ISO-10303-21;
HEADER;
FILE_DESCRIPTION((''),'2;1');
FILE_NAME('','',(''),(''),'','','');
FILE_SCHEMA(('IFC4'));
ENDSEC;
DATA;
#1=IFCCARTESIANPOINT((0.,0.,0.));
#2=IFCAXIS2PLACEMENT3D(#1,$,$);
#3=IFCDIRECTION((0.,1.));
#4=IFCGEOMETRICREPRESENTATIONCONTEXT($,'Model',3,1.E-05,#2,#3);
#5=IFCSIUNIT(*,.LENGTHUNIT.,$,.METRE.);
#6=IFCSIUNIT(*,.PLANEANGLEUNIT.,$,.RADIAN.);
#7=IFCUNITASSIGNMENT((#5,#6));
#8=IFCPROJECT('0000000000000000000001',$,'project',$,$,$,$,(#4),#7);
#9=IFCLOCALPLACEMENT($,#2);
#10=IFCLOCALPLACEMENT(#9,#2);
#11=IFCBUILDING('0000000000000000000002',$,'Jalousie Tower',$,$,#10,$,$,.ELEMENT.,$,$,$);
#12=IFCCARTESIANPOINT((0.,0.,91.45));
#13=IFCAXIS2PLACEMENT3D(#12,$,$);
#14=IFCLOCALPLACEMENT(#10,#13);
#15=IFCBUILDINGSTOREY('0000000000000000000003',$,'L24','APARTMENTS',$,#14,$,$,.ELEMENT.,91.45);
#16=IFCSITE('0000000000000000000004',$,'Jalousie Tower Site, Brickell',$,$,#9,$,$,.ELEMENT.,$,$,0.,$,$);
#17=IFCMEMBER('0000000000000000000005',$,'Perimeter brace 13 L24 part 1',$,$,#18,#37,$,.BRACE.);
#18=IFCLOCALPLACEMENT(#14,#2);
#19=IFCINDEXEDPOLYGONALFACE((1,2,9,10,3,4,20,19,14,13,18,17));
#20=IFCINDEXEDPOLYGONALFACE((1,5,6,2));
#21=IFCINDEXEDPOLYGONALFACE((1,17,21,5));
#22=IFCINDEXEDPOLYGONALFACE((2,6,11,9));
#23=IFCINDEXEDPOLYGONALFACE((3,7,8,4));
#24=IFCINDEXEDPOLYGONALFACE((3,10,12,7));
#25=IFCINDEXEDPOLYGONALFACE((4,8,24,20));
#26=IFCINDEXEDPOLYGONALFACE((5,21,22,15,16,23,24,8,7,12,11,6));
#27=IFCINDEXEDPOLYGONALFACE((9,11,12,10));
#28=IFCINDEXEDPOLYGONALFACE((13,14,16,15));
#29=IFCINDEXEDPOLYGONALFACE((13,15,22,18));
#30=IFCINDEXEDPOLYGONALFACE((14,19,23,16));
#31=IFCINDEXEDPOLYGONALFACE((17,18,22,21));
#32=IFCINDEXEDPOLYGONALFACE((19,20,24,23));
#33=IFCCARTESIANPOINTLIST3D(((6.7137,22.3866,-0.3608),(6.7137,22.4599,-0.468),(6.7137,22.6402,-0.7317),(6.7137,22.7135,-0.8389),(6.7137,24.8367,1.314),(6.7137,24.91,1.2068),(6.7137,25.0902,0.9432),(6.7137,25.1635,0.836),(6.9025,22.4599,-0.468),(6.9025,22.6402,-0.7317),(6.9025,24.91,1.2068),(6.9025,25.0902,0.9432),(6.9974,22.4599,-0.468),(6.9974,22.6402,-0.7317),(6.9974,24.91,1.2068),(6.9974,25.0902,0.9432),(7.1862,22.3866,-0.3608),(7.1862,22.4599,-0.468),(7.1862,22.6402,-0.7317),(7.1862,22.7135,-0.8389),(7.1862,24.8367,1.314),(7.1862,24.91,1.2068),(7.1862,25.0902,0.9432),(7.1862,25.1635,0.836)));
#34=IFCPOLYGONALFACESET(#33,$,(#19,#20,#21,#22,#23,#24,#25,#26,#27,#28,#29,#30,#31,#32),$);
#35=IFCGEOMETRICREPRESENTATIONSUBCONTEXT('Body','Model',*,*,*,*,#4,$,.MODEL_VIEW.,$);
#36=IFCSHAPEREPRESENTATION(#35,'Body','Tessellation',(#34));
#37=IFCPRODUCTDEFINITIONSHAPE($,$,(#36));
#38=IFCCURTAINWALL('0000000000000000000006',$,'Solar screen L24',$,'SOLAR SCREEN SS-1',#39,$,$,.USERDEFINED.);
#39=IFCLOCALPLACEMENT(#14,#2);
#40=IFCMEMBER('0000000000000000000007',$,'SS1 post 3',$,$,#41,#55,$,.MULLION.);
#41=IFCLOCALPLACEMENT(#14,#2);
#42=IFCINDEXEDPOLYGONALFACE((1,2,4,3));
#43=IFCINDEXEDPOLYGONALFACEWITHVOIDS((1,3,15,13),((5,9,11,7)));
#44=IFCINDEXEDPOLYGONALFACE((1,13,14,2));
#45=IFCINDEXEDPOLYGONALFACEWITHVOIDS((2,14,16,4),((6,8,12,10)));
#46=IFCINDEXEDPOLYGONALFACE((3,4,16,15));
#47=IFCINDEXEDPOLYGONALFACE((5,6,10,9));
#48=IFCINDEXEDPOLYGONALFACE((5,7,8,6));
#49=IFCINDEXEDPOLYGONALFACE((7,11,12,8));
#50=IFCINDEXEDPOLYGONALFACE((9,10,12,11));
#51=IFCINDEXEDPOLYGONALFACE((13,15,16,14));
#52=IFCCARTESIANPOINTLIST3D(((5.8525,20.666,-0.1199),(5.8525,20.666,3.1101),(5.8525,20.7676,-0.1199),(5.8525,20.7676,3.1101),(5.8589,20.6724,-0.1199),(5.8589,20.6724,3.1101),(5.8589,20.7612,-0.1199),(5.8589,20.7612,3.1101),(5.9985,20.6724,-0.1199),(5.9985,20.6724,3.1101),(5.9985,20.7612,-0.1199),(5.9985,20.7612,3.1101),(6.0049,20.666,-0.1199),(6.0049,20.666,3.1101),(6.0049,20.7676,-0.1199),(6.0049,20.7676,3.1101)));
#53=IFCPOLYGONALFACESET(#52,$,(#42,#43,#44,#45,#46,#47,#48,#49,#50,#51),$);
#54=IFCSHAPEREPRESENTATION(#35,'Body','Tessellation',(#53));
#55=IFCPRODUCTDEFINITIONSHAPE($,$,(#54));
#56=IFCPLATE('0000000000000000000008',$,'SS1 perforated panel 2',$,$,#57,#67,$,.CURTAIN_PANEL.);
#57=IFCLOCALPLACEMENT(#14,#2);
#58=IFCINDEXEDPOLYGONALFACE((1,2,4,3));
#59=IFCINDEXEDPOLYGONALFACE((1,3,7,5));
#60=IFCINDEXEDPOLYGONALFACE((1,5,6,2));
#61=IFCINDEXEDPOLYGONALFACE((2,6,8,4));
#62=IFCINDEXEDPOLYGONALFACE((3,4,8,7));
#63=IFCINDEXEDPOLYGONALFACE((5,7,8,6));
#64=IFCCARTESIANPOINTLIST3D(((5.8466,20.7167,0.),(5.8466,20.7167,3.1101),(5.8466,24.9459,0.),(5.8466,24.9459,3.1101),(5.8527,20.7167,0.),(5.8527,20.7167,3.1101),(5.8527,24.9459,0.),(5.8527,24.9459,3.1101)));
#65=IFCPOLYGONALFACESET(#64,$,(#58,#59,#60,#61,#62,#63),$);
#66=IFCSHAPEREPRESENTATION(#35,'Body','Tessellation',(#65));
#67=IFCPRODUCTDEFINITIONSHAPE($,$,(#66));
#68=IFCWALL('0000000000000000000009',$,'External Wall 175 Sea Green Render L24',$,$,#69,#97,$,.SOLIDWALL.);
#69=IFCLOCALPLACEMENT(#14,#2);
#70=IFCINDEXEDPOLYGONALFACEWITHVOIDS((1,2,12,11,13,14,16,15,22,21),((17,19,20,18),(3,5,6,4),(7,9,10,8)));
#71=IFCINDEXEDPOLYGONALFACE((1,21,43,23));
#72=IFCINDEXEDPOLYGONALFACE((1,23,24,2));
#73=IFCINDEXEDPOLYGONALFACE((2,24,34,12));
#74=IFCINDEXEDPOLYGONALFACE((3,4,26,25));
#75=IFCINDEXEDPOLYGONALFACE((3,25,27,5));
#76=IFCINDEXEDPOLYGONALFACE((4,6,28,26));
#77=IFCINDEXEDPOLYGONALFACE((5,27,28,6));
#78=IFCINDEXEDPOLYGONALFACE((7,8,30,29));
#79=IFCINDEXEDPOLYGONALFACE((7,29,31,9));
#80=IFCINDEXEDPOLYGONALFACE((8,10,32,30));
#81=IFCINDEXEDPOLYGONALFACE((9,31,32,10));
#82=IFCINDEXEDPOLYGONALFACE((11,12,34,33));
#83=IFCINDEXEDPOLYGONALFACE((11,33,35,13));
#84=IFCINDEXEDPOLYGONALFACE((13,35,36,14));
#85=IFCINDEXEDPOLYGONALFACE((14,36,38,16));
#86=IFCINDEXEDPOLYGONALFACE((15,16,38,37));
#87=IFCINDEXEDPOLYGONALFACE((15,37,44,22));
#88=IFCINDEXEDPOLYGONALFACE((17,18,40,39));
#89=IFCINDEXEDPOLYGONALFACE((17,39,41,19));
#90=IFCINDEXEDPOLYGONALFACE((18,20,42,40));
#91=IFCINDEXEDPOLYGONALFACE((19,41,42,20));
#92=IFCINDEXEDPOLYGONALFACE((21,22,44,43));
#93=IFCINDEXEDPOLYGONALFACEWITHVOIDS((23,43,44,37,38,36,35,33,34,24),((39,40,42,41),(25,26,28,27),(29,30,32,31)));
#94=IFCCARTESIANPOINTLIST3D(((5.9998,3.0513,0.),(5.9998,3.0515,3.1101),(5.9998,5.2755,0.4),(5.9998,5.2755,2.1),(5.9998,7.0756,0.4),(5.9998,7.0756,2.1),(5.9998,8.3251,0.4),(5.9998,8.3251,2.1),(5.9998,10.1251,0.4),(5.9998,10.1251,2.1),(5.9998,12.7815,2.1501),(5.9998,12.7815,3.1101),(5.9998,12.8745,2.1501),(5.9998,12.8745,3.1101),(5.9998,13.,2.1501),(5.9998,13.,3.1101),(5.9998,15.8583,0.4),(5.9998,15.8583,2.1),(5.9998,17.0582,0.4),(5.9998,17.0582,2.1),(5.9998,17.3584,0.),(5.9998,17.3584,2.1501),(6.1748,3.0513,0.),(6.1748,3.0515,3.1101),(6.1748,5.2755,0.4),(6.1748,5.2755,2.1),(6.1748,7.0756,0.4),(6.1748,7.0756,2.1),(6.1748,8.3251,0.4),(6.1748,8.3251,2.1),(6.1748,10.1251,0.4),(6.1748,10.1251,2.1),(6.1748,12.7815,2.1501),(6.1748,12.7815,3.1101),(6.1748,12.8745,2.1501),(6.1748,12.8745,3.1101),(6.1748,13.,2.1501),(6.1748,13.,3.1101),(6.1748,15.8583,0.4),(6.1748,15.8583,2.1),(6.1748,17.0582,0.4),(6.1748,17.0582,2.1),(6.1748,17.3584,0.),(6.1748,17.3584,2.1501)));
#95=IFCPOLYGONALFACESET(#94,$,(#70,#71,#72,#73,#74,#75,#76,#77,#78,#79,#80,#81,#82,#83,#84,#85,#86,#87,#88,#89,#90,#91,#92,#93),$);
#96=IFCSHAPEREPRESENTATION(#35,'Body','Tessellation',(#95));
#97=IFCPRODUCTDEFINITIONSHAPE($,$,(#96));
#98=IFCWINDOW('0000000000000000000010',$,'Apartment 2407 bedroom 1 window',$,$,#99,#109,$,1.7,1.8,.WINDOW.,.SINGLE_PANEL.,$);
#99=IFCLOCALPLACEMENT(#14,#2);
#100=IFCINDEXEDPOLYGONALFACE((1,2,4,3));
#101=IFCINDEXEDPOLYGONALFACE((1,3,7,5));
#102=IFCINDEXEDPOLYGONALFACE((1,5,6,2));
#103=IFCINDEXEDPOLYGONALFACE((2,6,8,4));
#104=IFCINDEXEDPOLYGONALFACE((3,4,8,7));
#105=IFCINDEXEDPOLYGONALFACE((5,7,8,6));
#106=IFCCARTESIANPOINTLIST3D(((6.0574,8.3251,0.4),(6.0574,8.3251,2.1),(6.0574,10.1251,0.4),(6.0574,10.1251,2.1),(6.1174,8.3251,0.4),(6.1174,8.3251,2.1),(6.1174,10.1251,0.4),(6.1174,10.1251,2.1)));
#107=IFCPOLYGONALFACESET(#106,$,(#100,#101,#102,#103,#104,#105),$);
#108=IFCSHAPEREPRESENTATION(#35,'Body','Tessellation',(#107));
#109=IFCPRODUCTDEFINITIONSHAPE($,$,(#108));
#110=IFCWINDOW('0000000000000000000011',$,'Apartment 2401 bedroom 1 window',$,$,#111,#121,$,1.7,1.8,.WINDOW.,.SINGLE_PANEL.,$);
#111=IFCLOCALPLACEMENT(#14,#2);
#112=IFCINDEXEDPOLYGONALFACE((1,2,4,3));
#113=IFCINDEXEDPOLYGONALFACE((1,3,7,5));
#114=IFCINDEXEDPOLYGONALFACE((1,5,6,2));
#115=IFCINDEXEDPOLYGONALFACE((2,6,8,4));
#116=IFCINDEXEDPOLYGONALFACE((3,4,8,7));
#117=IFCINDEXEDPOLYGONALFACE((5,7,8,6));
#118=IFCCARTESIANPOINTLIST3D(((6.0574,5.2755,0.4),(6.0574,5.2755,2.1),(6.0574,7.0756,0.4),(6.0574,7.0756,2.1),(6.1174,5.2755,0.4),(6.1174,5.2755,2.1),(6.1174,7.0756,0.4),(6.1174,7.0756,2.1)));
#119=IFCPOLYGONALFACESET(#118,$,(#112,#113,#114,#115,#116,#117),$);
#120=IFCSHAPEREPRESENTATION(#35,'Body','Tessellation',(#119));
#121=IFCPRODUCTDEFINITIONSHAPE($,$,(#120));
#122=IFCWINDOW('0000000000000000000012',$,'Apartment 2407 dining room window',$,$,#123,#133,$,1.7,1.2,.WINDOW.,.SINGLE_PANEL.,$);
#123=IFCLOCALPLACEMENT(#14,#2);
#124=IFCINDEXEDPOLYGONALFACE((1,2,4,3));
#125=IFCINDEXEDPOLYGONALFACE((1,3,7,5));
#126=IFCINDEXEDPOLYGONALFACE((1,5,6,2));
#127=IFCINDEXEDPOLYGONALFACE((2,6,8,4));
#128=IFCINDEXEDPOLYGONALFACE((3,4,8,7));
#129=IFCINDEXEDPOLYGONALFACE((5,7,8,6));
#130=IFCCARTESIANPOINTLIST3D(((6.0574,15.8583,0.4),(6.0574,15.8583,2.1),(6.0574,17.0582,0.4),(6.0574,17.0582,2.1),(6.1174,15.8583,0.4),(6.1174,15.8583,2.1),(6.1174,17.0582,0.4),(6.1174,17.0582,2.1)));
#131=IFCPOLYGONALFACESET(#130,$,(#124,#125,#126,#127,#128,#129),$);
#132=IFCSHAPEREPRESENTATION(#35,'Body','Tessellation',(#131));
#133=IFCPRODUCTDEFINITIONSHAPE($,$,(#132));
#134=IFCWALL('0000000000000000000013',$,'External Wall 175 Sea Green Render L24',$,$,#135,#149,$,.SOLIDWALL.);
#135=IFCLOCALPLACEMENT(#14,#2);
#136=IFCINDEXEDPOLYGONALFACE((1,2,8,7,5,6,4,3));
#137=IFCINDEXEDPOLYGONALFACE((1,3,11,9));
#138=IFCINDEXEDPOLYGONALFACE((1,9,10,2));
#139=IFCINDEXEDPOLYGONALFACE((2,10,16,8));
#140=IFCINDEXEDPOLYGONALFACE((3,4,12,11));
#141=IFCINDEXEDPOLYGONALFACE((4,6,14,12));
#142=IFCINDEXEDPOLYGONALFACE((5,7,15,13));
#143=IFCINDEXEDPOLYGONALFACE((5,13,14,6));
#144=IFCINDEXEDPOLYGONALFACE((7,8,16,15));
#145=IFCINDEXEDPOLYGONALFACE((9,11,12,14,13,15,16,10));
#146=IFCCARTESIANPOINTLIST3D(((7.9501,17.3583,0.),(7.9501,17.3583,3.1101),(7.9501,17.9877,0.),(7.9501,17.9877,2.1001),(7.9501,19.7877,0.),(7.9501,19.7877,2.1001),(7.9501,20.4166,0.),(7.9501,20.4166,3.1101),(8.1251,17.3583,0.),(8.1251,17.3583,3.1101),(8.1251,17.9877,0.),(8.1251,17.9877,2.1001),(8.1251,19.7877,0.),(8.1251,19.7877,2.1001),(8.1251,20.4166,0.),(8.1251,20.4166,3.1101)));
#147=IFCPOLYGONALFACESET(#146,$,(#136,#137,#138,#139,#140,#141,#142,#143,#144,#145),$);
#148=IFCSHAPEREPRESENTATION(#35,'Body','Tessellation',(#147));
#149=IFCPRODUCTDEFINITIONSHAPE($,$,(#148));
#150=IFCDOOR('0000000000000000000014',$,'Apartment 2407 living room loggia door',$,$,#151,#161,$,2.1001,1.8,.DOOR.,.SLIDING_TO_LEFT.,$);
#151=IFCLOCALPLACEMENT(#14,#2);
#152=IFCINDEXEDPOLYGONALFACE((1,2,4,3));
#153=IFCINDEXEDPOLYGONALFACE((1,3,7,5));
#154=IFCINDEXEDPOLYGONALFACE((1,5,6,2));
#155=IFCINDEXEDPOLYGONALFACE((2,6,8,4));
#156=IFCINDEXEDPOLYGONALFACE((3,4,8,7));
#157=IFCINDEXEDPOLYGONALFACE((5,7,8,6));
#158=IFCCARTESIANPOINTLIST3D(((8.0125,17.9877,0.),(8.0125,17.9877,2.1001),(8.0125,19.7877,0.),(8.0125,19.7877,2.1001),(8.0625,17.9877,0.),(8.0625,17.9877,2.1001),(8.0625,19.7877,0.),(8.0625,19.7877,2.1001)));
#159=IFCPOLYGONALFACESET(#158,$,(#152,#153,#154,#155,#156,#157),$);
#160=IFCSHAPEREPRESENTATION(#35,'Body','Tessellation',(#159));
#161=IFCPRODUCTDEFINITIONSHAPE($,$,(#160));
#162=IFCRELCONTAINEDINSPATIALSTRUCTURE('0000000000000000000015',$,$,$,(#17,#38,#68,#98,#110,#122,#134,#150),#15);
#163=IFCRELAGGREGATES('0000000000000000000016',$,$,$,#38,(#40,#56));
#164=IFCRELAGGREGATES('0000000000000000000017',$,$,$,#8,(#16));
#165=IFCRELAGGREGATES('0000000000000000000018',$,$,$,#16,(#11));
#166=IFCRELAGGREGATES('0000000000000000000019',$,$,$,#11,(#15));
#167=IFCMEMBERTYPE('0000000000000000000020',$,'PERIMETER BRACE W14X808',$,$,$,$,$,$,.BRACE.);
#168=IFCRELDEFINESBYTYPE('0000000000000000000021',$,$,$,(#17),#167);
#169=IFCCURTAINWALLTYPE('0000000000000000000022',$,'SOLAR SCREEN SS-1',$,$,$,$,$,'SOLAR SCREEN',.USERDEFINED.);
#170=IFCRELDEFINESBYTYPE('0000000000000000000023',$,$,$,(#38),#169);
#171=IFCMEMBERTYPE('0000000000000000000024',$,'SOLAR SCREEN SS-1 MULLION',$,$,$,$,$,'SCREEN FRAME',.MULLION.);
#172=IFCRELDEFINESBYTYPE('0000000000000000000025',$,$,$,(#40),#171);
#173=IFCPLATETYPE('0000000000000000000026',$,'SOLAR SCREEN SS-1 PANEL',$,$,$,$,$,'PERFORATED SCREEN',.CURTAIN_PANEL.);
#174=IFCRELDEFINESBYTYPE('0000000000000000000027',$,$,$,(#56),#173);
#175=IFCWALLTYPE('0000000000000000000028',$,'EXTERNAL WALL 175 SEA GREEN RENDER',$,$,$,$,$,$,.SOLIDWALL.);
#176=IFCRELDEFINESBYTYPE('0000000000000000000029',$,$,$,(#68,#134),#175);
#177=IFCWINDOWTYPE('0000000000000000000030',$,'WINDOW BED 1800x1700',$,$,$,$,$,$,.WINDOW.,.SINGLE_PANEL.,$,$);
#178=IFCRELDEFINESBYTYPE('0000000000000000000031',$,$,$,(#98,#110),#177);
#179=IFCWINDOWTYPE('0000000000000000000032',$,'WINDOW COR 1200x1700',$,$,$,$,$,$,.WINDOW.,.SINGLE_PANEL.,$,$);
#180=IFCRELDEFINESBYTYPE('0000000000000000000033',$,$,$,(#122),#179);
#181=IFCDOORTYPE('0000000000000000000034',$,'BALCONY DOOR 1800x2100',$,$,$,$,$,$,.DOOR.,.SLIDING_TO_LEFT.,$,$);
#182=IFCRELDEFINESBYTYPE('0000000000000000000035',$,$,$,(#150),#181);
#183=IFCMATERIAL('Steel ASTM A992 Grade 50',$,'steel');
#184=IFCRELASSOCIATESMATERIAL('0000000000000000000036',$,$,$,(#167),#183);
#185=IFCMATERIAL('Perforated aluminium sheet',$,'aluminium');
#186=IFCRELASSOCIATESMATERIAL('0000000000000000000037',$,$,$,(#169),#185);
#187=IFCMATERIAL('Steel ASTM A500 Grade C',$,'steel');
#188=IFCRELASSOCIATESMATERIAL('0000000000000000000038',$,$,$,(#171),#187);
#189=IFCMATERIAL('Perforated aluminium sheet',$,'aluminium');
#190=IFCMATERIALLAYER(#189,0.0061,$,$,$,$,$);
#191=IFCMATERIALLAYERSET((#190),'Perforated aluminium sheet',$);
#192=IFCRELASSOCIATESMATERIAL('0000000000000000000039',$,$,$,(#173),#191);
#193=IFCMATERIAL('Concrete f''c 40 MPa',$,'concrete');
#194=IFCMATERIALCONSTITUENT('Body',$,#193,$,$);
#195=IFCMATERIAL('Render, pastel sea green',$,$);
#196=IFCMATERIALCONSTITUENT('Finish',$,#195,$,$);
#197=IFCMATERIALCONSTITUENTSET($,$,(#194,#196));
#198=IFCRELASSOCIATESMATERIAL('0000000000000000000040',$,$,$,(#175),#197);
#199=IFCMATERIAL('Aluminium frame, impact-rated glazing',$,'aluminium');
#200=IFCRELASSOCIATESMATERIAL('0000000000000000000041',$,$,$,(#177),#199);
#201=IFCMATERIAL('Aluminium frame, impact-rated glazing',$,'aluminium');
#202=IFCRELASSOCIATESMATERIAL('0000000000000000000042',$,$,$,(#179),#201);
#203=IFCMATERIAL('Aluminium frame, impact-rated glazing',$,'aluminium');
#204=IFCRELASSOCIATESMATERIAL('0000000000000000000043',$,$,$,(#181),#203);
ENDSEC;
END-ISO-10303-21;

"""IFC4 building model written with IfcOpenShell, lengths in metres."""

from ifc_helpers import new_model, si_unit, direction, frame, frame_2d, origin, origin_2d, place, context, subcontext, project, spatial, polyline, rectangle, hollow_rectangle, i_section, outline, extrude, material, layer, layer_set, constituent, constituent_set, material_profile, profile_set, type_object, element, fill, aggregate, save


model = new_model("IFC4")

# Units and contexts
model_context = context("Model", 3, precision=1e-05, world=origin(), true_north=direction((0.0, 1.0)))
body_context = subcontext(model_context, "Body", "Model", "MODEL_VIEW")
ifc_project = project(units=[si_unit("LENGTHUNIT", "METRE"), si_unit("PLANEANGLEUNIT", "RADIAN")], contexts=[model_context])

# Site, building, storey
site_placement = place(None, origin())
site = spatial("IfcSite", under=ifc_project, at=site_placement, Name="Jalousie Tower Site, Brickell", CompositionType="ELEMENT", RefElevation=0.0)
building_placement = place(site_placement, origin())
building = spatial("IfcBuilding", under=site, at=building_placement, Name="Jalousie Tower", CompositionType="ELEMENT")
storey_placement = place(building_placement, frame((0.0, 0.0, 91.45)))
storey = spatial("IfcBuildingStorey", under=building, at=storey_placement, Name="L24", Description="APARTMENTS", CompositionType="ELEMENT", Elevation=91.45)

# Member
ifc_material_1 = material(Name="Steel ASTM A992 Grade 50", Category="steel")
ifc_material_profile_1 = material_profile(ifc_material_1, i_section(OverallWidth=0.4724, OverallDepth=0.5791, WebThickness=0.095, FlangeThickness=0.1299, at=origin_2d()), Name="W14X808")
ifc_profile_set_1 = profile_set([ifc_material_profile_1], Name="Steel ASTM A992 Grade 50")
member_type_1 = type_object("IfcMemberType", Name="PERIMETER BRACE W14X808", PredefinedType="BRACE", material=ifc_profile_set_1)
member_1_placement = place(storey_placement, frame((6.95, 22.55, -0.5999), z_axis=(0.0, 0.825539, 0.564345), x_axis=(-1.0, 0.0, 0.0)))
element("IfcMember", 1, at=member_1_placement, inside=storey, type_object=member_type_1, Name="Perimeter brace 13 L24 part 1", PredefinedType="BRACE", context=body_context, shape_type="SweptSolid", body=[
    extrude(i_section(OverallWidth=0.4724, OverallDepth=0.5791, WebThickness=0.095, FlangeThickness=0.1299, at=origin_2d()), origin(), (0.0, 0.0, 1.0), 2.9678),
])

# Curtain wall, member, plate
ifc_material_2 = material(Name="Perforated aluminium sheet", Category="aluminium")
curtain_wall_type = type_object("IfcCurtainWallType", Name="SOLAR SCREEN SS-1", ElementType="SOLAR SCREEN", PredefinedType="USERDEFINED", material=ifc_material_2)
curtain_wall_placement = place(storey_placement, origin())
curtain_wall = element("IfcCurtainWall", 2, at=curtain_wall_placement, inside=storey, type_object=curtain_wall_type, Name="Solar screen L24", ObjectType="SOLAR SCREEN SS-1", PredefinedType="USERDEFINED")
ifc_material_3 = material(Name="Steel ASTM A500 Grade C", Category="steel")
ifc_material_profile_2 = material_profile(ifc_material_3, hollow_rectangle(XDim=0.1016, YDim=0.1523, WallThickness=0.0063, at=origin_2d()), Name="HSS6X4X1/4")
ifc_profile_set_2 = profile_set([ifc_material_profile_2], Name="Steel ASTM A500 Grade C")
member_type_2 = type_object("IfcMemberType", Name="SOLAR SCREEN SS-1 MULLION", ElementType="SCREEN FRAME", PredefinedType="MULLION", material=ifc_profile_set_2)
member_2_placement = place(storey_placement, frame((5.9287, 20.7168, -0.1199), z_axis=(0.0, 0.0, 1.0), x_axis=(0.0, -1.0, 0.0)))
member_2 = element("IfcMember", 3, at=member_2_placement, type_object=member_type_2, Name="SS1 post 3", PredefinedType="MULLION", context=body_context, shape_type="SweptSolid", body=[
    extrude(hollow_rectangle(XDim=0.1016, YDim=0.1523, WallThickness=0.0063, at=origin_2d()), origin(), (0.0, 0.0, 1.0), 3.23),
])
ifc_material_4 = material(Name="Perforated aluminium sheet", Category="aluminium")
ifc_layer_1 = layer(ifc_material_4, 0.0061)
ifc_layer_set_1 = layer_set([ifc_layer_1], Name="Perforated aluminium sheet")
plate_type = type_object("IfcPlateType", Name="SOLAR SCREEN SS-1 PANEL", ElementType="PERFORATED SCREEN", PredefinedType="CURTAIN_PANEL", material=ifc_layer_set_1)
plate_placement = place(storey_placement, frame((5.8496, 22.8313, 0.0), z_axis=(0.0, 0.0, 1.0), x_axis=(0.0, -1.0, 0.0)))
plate = element("IfcPlate", 4, at=plate_placement, type_object=plate_type, Name="SS1 perforated panel 2", PredefinedType="CURTAIN_PANEL", context=body_context, shape_type="SweptSolid", body=[
    extrude(rectangle(XDim=4.2292, YDim=0.0061, at=origin_2d()), origin(), (0.0, 0.0, 1.0), 3.1101),
])
aggregate(curtain_wall, [member_2, plate])

# Wall, openings, windows
ifc_material_5 = material(Name="Concrete f'c 40 MPa", Category="concrete")
ifc_constituent_1 = constituent(ifc_material_5, Name="Body")
ifc_material_6 = material(Name="Render, pastel sea green")
ifc_constituent_2 = constituent(ifc_material_6, Name="Finish")
ifc_constituent_set_1 = constituent_set(constituents=[ifc_constituent_1, ifc_constituent_2])
wall_type_1 = type_object("IfcWallType", Name="EXTERNAL WALL 175 SEA GREEN RENDER", PredefinedType="SOLIDWALL", material=ifc_constituent_set_1)
wall_1_placement = place(storey_placement, frame((6.0874, 17.3584, 0.0), z_axis=(0.0, 0.0, 1.0), x_axis=(0.0, -1.0, 0.0)))
wall_1 = element("IfcWall", 5, at=wall_1_placement, inside=storey, type_object=wall_type_1, Name="External Wall 175 Sea Green Render L24", PredefinedType="SOLIDWALL", context=body_context, shape_type="SweptSolid", body=[
    extrude(outline(polyline([(0.0, 0.0), (14.3071, 0.0), (14.3069, 3.1101), (4.5769, 3.1101), (4.5769, 2.1501), (4.4839, 2.1501), (4.4839, 3.1101), (4.3584, 3.1101), (4.3584, 2.1501), (0.0, 2.1501), (0.0, 0.0)])), frame((0.0, 0.0874, 0.0), z_axis=(0.0, -1.0, 0.0), x_axis=(1.0, 0.0, 0.0)), (0.0, 0.0, 1.0), 0.175),
])
opening_1_placement = place(wall_1_placement, frame((0.3, 0.0, 0.3999)))
opening_1 = element("IfcOpeningElement", 6, at=opening_1_placement, cuts=wall_1, PredefinedType="OPENING", context=body_context, shape_type="SweptSolid", body=[
    extrude(rectangle(XDim=1.2, YDim=1.7, at=frame_2d((0.6001, 0.8501))), frame((0.0, 0.0974, 0.0), z_axis=(0.0, -1.0, 0.0), x_axis=(1.0, 0.0, 0.0)), (0.0, 0.0, 1.0), 0.1951),
])
opening_2_placement = place(wall_1_placement, frame((7.2334, 0.0, 0.3999)))
opening_2 = element("IfcOpeningElement", 7, at=opening_2_placement, cuts=wall_1, PredefinedType="OPENING", context=body_context, shape_type="SweptSolid", body=[
    extrude(rectangle(XDim=1.8, YDim=1.7, at=frame_2d((0.8999, 0.8501))), frame((0.0, 0.0974, 0.0), z_axis=(0.0, -1.0, 0.0), x_axis=(1.0, 0.0, 0.0)), (0.0, 0.0, 1.0), 0.1951),
])
opening_3_placement = place(wall_1_placement, frame((10.283, 0.0, 0.3999)))
opening_3 = element("IfcOpeningElement", 8, at=opening_3_placement, cuts=wall_1, PredefinedType="OPENING", context=body_context, shape_type="SweptSolid", body=[
    extrude(rectangle(XDim=1.8, YDim=1.7, at=frame_2d((0.8999, 0.8501))), frame((0.0, 0.0974, 0.0), z_axis=(0.0, -1.0, 0.0), x_axis=(1.0, 0.0, 0.0)), (0.0, 0.0, 1.0), 0.1951),
])
ifc_material_7 = material(Name="Aluminium frame, impact-rated glazing", Category="aluminium")
window_type_1 = type_object("IfcWindowType", Name="WINDOW BED 1800x1700", PartitioningType="SINGLE_PANEL", PredefinedType="WINDOW", material=ifc_material_7)
window_1_placement = place(opening_2_placement, origin())
window_1 = element("IfcWindow", 9, at=window_1_placement, inside=storey, type_object=window_type_1, Name="Apartment 2407 bedroom 1 window", OverallHeight=1.7, OverallWidth=1.8, PartitioningType="SINGLE_PANEL", PredefinedType="WINDOW", context=body_context, shape_type="SweptSolid", body=[
    extrude(rectangle(XDim=1.8, YDim=1.7, at=frame_2d((0.8999, 0.8501))), frame((0.0, 0.03, 0.0), z_axis=(0.0, -1.0, 0.0), x_axis=(1.0, 0.0, 0.0)), (0.0, 0.0, 1.0), 0.0601),
])
fill(opening_2, window_1)
window_2_placement = place(opening_3_placement, origin())
window_2 = element("IfcWindow", 10, at=window_2_placement, inside=storey, type_object=window_type_1, Name="Apartment 2401 bedroom 1 window", OverallHeight=1.7, OverallWidth=1.8, PartitioningType="SINGLE_PANEL", PredefinedType="WINDOW", context=body_context, shape_type="SweptSolid", body=[
    extrude(rectangle(XDim=1.8, YDim=1.7, at=frame_2d((0.8999, 0.8501))), frame((0.0, 0.03, 0.0), z_axis=(0.0, -1.0, 0.0), x_axis=(1.0, 0.0, 0.0)), (0.0, 0.0, 1.0), 0.0601),
])
fill(opening_3, window_2)
ifc_material_8 = material(Name="Aluminium frame, impact-rated glazing", Category="aluminium")
window_type_2 = type_object("IfcWindowType", Name="WINDOW COR 1200x1700", PartitioningType="SINGLE_PANEL", PredefinedType="WINDOW", material=ifc_material_8)
window_3_placement = place(opening_1_placement, origin())
window_3 = element("IfcWindow", 11, at=window_3_placement, inside=storey, type_object=window_type_2, Name="Apartment 2407 dining room window", OverallHeight=1.7, OverallWidth=1.2, PartitioningType="SINGLE_PANEL", PredefinedType="WINDOW", context=body_context, shape_type="SweptSolid", body=[
    extrude(rectangle(XDim=1.2, YDim=1.7, at=frame_2d((0.6001, 0.8501))), frame((0.0, 0.03, 0.0), z_axis=(0.0, -1.0, 0.0), x_axis=(1.0, 0.0, 0.0)), (0.0, 0.0, 1.0), 0.0601),
])
fill(opening_1, window_3)

# Wall, opening, door
wall_2_placement = place(storey_placement, frame((8.0376, 20.4167, 0.0), z_axis=(0.0, 0.0, 1.0), x_axis=(0.0, -1.0, 0.0)))
wall_2 = element("IfcWall", 12, at=wall_2_placement, inside=storey, type_object=wall_type_1, Name="External Wall 175 Sea Green Render L24", PredefinedType="SOLIDWALL", context=body_context, shape_type="SweptSolid", body=[
    extrude(rectangle(XDim=3.0583, YDim=0.175, at=frame_2d((1.5293, 0.0))), origin(), (0.0, 0.0, 1.0), 3.1101),
])
opening_4_placement = place(wall_2_placement, frame((0.6292, 0.0, 0.0)))
opening_4 = element("IfcOpeningElement", 13, at=opening_4_placement, cuts=wall_2, PredefinedType="OPENING", context=body_context, shape_type="SweptSolid", body=[
    extrude(rectangle(XDim=1.8, YDim=2.1001, at=frame_2d((0.8999, 1.05))), frame((0.0, 0.0974, 0.0), z_axis=(0.0, -1.0, 0.0), x_axis=(1.0, 0.0, 0.0)), (0.0, 0.0, 1.0), 0.1951),
])
ifc_material_9 = material(Name="Aluminium frame, impact-rated glazing", Category="aluminium")
door_type_1 = type_object("IfcDoorType", Name="BALCONY DOOR 1800x2100", OperationType="SLIDING_TO_LEFT", PredefinedType="DOOR", material=ifc_material_9)
door_1_placement = place(opening_4_placement, origin())
door_1 = element("IfcDoor", 14, at=door_1_placement, inside=storey, type_object=door_type_1, Name="Apartment 2407 living room loggia door", OperationType="SLIDING_TO_LEFT", OverallHeight=2.1001, OverallWidth=1.8, PredefinedType="DOOR", context=body_context, shape_type="SweptSolid", body=[
    extrude(rectangle(XDim=1.8, YDim=2.1001, at=frame_2d((0.8999, 1.05))), frame((0.0, 0.0249, 0.0), z_axis=(0.0, -1.0, 0.0), x_axis=(1.0, 0.0, 0.0)), (0.0, 0.0, 1.0), 0.05),
])
fill(opening_4, door_1)

save(model, "model.ifc")
